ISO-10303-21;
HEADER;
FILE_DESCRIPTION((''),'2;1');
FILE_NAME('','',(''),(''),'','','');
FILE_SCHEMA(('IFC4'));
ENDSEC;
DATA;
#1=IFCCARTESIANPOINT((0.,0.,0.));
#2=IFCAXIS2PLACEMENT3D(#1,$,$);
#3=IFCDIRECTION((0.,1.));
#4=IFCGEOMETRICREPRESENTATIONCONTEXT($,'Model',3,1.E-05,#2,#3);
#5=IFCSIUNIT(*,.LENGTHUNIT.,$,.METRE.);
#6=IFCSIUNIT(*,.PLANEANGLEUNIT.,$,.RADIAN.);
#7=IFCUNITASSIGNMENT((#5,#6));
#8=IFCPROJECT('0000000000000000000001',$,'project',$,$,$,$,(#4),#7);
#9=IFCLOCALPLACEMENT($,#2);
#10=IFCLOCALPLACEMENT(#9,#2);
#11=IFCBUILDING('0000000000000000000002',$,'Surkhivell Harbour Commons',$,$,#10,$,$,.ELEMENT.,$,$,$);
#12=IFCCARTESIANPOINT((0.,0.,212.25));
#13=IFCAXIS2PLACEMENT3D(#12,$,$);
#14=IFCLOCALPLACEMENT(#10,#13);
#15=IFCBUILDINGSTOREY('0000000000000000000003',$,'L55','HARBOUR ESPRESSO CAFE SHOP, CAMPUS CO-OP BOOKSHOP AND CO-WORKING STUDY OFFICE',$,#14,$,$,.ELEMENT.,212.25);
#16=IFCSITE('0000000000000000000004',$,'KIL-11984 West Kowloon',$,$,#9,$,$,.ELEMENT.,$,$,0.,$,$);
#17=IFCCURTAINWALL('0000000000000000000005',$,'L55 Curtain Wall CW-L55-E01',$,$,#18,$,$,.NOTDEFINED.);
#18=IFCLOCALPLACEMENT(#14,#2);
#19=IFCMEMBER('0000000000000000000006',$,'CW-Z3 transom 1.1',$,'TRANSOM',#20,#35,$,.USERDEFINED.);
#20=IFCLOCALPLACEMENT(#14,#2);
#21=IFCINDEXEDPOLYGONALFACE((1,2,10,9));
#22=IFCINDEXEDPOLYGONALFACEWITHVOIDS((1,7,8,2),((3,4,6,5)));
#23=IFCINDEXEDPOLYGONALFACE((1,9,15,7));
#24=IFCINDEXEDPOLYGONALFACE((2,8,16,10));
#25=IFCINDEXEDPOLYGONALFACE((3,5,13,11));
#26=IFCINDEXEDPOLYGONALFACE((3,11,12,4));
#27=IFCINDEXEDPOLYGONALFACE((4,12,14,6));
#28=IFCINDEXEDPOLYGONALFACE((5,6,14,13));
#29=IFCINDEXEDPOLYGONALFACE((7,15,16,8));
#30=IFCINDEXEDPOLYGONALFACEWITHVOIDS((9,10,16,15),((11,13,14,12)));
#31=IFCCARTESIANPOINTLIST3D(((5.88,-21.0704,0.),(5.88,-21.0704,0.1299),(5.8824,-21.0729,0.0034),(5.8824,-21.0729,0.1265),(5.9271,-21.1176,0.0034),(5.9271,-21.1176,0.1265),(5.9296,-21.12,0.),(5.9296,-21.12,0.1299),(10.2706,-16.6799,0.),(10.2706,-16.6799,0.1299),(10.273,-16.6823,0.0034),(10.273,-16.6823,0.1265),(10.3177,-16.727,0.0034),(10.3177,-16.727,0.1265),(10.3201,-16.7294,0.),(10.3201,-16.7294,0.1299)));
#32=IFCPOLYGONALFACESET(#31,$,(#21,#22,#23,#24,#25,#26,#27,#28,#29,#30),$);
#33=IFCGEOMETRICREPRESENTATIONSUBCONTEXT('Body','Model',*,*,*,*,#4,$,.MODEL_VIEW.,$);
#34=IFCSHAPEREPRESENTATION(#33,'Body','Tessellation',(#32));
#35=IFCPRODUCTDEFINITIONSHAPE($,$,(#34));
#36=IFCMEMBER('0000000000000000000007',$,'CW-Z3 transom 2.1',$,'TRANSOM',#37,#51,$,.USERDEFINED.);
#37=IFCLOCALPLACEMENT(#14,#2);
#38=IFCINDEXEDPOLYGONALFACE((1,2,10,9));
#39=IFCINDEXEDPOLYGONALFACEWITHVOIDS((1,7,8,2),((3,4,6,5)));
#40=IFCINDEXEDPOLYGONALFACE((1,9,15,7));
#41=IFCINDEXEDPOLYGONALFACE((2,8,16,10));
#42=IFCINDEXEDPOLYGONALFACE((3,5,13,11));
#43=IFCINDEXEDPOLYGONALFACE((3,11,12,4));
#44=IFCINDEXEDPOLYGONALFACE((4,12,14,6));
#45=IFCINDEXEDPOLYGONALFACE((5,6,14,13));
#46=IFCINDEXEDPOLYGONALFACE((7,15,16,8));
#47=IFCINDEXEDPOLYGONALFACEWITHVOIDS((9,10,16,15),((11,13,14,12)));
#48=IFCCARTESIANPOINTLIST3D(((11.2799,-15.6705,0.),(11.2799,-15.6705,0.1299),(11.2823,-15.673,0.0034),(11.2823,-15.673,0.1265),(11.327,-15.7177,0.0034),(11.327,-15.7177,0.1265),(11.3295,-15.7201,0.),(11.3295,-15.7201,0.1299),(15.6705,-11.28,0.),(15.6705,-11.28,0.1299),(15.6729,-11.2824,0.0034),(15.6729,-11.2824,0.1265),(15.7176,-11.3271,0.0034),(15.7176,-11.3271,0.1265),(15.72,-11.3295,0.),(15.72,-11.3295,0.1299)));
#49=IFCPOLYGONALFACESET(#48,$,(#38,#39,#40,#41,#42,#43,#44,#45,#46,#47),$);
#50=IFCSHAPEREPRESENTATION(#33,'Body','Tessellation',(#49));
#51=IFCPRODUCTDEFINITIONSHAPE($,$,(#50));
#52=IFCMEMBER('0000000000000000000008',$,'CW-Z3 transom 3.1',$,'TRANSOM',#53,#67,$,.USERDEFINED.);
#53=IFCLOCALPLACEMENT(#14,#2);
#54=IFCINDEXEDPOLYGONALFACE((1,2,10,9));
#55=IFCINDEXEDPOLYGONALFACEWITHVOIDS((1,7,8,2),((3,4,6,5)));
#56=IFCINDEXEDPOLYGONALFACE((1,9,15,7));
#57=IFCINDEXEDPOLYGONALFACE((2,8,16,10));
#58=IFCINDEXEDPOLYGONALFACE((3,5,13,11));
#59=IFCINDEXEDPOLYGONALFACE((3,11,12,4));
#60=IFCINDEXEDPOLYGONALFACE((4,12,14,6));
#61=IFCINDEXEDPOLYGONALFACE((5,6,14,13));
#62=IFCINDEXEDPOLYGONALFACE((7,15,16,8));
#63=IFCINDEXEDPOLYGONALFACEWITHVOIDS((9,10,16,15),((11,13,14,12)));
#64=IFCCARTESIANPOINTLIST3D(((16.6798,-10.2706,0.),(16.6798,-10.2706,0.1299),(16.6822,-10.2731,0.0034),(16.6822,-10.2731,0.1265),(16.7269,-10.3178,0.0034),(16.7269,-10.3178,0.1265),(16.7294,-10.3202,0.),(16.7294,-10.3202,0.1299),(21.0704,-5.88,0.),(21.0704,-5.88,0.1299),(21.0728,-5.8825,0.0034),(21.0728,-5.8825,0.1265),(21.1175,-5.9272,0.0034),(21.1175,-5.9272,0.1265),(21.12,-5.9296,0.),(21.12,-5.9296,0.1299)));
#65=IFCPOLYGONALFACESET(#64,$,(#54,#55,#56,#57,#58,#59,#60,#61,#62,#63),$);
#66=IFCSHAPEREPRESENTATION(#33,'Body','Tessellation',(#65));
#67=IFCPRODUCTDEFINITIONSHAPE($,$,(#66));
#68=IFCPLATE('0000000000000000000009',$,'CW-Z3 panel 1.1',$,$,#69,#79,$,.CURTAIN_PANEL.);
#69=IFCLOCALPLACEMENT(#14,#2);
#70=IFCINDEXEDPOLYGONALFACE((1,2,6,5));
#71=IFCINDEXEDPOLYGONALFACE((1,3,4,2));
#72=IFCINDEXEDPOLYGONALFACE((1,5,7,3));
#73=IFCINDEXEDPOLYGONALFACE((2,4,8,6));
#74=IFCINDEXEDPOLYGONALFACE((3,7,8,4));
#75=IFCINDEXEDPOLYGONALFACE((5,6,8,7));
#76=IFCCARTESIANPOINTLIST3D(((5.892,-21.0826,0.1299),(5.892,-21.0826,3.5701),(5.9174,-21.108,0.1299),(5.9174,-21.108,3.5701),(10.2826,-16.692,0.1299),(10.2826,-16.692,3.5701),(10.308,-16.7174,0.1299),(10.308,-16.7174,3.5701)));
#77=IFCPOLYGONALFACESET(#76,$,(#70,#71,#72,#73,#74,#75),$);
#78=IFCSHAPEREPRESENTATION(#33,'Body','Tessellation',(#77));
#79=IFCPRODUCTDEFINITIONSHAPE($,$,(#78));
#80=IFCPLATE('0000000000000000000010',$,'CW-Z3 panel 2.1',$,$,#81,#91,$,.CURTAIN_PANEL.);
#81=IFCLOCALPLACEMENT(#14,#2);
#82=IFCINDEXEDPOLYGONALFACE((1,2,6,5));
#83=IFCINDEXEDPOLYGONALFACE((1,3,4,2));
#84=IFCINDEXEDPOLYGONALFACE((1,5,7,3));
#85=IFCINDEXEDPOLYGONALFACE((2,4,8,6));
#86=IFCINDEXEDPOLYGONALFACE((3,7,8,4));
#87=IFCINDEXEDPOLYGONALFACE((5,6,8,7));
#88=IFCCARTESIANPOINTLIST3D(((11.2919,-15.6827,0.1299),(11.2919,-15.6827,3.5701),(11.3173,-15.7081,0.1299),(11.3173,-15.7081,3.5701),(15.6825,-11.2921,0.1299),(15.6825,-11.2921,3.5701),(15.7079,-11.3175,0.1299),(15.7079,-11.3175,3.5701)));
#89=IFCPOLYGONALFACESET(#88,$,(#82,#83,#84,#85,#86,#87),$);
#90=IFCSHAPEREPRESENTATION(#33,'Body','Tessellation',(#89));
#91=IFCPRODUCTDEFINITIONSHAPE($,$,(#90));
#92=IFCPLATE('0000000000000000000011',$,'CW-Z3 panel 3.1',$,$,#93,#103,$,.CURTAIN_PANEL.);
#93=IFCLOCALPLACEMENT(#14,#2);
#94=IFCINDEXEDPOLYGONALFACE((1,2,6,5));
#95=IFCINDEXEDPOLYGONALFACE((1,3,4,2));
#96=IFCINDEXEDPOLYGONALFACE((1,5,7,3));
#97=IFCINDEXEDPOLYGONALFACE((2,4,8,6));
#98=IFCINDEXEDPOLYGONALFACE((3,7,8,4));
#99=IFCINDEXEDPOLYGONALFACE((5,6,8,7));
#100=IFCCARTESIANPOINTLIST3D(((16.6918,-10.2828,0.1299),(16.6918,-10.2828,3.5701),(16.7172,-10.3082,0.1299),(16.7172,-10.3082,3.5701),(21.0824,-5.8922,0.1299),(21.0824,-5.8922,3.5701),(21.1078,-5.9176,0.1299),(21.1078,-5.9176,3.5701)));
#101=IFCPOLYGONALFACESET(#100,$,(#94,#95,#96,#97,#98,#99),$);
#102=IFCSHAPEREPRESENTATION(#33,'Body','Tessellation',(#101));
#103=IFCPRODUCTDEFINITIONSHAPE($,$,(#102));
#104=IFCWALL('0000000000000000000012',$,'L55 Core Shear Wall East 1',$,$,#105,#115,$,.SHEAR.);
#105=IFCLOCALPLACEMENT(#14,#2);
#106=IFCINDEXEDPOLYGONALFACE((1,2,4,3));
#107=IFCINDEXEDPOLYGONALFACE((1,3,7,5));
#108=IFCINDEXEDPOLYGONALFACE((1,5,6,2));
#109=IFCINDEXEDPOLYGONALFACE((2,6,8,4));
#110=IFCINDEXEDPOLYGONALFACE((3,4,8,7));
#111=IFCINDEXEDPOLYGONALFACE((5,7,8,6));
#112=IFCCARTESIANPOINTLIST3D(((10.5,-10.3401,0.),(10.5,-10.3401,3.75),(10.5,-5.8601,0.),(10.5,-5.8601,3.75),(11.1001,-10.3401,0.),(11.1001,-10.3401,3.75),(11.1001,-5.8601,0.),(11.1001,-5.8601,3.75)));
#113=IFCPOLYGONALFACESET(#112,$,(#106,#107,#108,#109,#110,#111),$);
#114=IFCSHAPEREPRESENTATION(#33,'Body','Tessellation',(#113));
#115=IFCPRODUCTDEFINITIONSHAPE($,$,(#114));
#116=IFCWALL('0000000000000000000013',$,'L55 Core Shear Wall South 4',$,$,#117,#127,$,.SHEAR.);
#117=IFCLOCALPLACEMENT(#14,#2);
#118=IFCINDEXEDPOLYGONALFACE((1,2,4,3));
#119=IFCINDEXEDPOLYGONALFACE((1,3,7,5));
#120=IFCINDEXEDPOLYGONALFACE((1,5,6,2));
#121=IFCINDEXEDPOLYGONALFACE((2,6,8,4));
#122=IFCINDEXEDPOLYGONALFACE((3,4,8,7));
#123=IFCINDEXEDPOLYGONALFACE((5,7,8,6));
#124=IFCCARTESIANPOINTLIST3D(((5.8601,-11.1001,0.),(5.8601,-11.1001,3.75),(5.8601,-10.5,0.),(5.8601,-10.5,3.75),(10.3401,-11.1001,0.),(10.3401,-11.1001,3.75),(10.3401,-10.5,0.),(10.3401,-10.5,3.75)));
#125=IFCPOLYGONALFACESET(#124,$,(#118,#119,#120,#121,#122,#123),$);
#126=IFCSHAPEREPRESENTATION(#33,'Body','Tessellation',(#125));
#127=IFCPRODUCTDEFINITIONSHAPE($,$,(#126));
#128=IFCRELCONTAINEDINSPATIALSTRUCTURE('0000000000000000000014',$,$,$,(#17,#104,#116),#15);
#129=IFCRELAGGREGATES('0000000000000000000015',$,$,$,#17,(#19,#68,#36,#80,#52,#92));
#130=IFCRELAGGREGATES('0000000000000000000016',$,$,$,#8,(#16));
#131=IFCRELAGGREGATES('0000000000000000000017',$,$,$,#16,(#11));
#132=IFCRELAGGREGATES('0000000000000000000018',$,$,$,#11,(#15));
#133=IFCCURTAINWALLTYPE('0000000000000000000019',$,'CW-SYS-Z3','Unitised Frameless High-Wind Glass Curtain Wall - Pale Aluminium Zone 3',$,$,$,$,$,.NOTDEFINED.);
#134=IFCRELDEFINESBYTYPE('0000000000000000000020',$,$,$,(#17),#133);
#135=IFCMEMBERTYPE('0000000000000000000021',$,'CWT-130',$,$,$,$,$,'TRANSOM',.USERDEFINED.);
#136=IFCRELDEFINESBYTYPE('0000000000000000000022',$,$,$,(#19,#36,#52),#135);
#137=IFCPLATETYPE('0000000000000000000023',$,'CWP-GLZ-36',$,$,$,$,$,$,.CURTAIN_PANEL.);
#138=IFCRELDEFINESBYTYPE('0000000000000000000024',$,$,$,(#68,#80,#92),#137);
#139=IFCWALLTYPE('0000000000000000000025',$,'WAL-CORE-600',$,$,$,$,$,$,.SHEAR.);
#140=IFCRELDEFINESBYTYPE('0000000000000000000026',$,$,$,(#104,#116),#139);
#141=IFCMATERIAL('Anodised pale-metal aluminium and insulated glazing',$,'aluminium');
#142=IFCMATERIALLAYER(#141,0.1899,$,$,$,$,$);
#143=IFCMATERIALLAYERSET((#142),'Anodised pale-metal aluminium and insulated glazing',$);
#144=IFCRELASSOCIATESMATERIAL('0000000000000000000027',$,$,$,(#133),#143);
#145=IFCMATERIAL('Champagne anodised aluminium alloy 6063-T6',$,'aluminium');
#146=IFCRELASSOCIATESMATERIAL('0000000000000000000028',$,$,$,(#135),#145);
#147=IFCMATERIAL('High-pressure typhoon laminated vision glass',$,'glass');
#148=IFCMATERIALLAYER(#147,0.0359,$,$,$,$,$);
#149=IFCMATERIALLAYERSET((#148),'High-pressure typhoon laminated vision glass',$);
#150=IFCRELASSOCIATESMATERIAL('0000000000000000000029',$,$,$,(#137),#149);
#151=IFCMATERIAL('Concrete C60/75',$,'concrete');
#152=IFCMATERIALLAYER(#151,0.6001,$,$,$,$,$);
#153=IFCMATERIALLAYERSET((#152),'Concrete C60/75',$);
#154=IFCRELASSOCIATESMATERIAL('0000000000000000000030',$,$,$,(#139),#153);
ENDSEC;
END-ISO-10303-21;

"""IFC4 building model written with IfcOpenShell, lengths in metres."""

from ifc_helpers import new_model, si_unit, direction, frame, frame_2d, origin, origin_2d, place, context, subcontext, project, spatial, rectangle, hollow_rectangle, extrude, material, layer, layer_set, material_profile, profile_set, type_object, element, aggregate, save


model = new_model("IFC4")

# Units and contexts
model_context = context("Model", 3, precision=1e-05, world=origin(), true_north=direction((0.0, 1.0)))
body_context = subcontext(model_context, "Body", "Model", "MODEL_VIEW")
ifc_project = project(units=[si_unit("LENGTHUNIT", "METRE"), si_unit("PLANEANGLEUNIT", "RADIAN")], contexts=[model_context])

# Site, building, storey
site_placement = place(None, origin())
site = spatial("IfcSite", under=ifc_project, at=site_placement, Name="KIL-11984 West Kowloon", CompositionType="ELEMENT", RefElevation=0.0)
building_placement = place(site_placement, origin())
building = spatial("IfcBuilding", under=site, at=building_placement, Name="Surkhivell Harbour Commons", CompositionType="ELEMENT")
storey_placement = place(building_placement, frame((0.0, 0.0, 212.25)))
storey = spatial("IfcBuildingStorey", under=building, at=storey_placement, Name="L55", Description="HARBOUR ESPRESSO CAFE SHOP, CAMPUS CO-OP BOOKSHOP AND CO-WORKING STUDY OFFICE", CompositionType="ELEMENT", Elevation=212.25)

# Shared definitions
ifc_material_1 = material(Name="Concrete C60/75", Category="concrete")

# Curtain wall, members, plates
ifc_material_2 = material(Name="Anodised pale-metal aluminium and insulated glazing", Category="aluminium")
ifc_layer_1 = layer(ifc_material_2, 0.1899)
ifc_layer_set_1 = layer_set([ifc_layer_1], Name="Anodised pale-metal aluminium and insulated glazing")
curtain_wall_type = type_object("IfcCurtainWallType", Name="CW-SYS-Z3", Description="Unitised Frameless High-Wind Glass Curtain Wall - Pale Aluminium Zone 3", PredefinedType="NOTDEFINED", material=ifc_layer_set_1)
curtain_wall_placement = place(storey_placement, origin())
curtain_wall = element("IfcCurtainWall", 1, at=curtain_wall_placement, inside=storey, type_object=curtain_wall_type, Name="L55 Curtain Wall CW-L55-E01", PredefinedType="NOTDEFINED")
ifc_material_3 = material(Name="Champagne anodised aluminium alloy 6063-T6", Category="aluminium")
ifc_material_profile_1 = material_profile(ifc_material_3, hollow_rectangle(XDim=0.0701, YDim=0.1299, WallThickness=0.0034, at=origin_2d()), Name="ALU-TRAN-70x130")
ifc_profile_set_1 = profile_set([ifc_material_profile_1], Name="Champagne anodised aluminium alloy 6063-T6")
member_type_1 = type_object("IfcMemberType", Name="CWT-130", ElementType="TRANSOM", PredefinedType="USERDEFINED", material=ifc_profile_set_1)
member_1_placement = place(storey_placement, frame((5.9048, -21.0952, 0.0649), z_axis=(0.707107, 0.707107, 0.0), x_axis=(-0.707107, 0.707107, 0.0)))
member_1 = element("IfcMember", 2, at=member_1_placement, type_object=member_type_1, Name="CW-Z3 transom 1.1", ObjectType="TRANSOM", PredefinedType="USERDEFINED", context=body_context, shape_type="SweptSolid", body=[
    extrude(hollow_rectangle(XDim=0.0701, YDim=0.1299, WallThickness=0.0034, at=origin_2d()), origin(), (0.0, 0.0, 1.0), 6.2092),
])
member_2_placement = place(storey_placement, frame((11.3047, -15.6953, 0.0649), z_axis=(0.707107, 0.707107, 0.0), x_axis=(-0.707107, 0.707107, 0.0)))
member_2 = element("IfcMember", 3, at=member_2_placement, type_object=member_type_1, Name="CW-Z3 transom 2.1", ObjectType="TRANSOM", PredefinedType="USERDEFINED", context=body_context, shape_type="SweptSolid", body=[
    extrude(hollow_rectangle(XDim=0.0701, YDim=0.1299, WallThickness=0.0034, at=origin_2d()), origin(), (0.0, 0.0, 1.0), 6.2092),
])
member_3_placement = place(storey_placement, frame((16.7046, -10.2954, 0.0649), z_axis=(0.707107, 0.707107, 0.0), x_axis=(-0.707107, 0.707107, 0.0)))
member_3 = element("IfcMember", 4, at=member_3_placement, type_object=member_type_1, Name="CW-Z3 transom 3.1", ObjectType="TRANSOM", PredefinedType="USERDEFINED", context=body_context, shape_type="SweptSolid", body=[
    extrude(hollow_rectangle(XDim=0.0701, YDim=0.1299, WallThickness=0.0034, at=origin_2d()), origin(), (0.0, 0.0, 1.0), 6.2092),
])
ifc_material_4 = material(Name="High-pressure typhoon laminated vision glass", Category="glass")
ifc_layer_2 = layer(ifc_material_4, 0.0359)
ifc_layer_set_2 = layer_set([ifc_layer_2], Name="High-pressure typhoon laminated vision glass")
plate_type = type_object("IfcPlateType", Name="CWP-GLZ-36", PredefinedType="CURTAIN_PANEL", material=ifc_layer_set_2)
plate_1_placement = place(storey_placement, frame((5.9048, -21.0952, 0.1299), z_axis=(0.0, 0.0, 1.0), x_axis=(0.707107, 0.707107, 0.0)))
plate_1 = element("IfcPlate", 5, at=plate_1_placement, type_object=plate_type, Name="CW-Z3 panel 1.1", PredefinedType="CURTAIN_PANEL", context=body_context, shape_type="SweptSolid", body=[
    extrude(rectangle(XDim=6.2092, YDim=0.0359, at=frame_2d((3.1045, 0.0))), origin(), (0.0, 0.0, 1.0), 3.4402),
])
plate_2_placement = place(storey_placement, frame((11.3047, -15.6953, 0.1299), z_axis=(0.0, 0.0, 1.0), x_axis=(0.707107, 0.707107, 0.0)))
plate_2 = element("IfcPlate", 6, at=plate_2_placement, type_object=plate_type, Name="CW-Z3 panel 2.1", PredefinedType="CURTAIN_PANEL", context=body_context, shape_type="SweptSolid", body=[
    extrude(rectangle(XDim=6.2092, YDim=0.0359, at=frame_2d((3.1045, 0.0))), origin(), (0.0, 0.0, 1.0), 3.4402),
])
plate_3_placement = place(storey_placement, frame((16.7046, -10.2954, 0.1299), z_axis=(0.0, 0.0, 1.0), x_axis=(0.707107, 0.707107, 0.0)))
plate_3 = element("IfcPlate", 7, at=plate_3_placement, type_object=plate_type, Name="CW-Z3 panel 3.1", PredefinedType="CURTAIN_PANEL", context=body_context, shape_type="SweptSolid", body=[
    extrude(rectangle(XDim=6.2092, YDim=0.0359, at=frame_2d((3.1045, 0.0))), origin(), (0.0, 0.0, 1.0), 3.4402),
])
aggregate(curtain_wall, [member_1, plate_1, member_2, plate_2, member_3, plate_3])

# Walls
ifc_layer_3 = layer(ifc_material_1, 0.6001)
ifc_layer_set_3 = layer_set([ifc_layer_3], Name="Concrete C60/75")
wall_type_1 = type_object("IfcWallType", Name="WAL-CORE-600", PredefinedType="SHEAR", material=ifc_layer_set_3)
for number, where, z_axis, x_axis, name in (
    (8, (10.8, -10.3401, 0.0), (0.0, 0.0, 1.0), (0.0, 1.0, 0.0), "L55 Core Shear Wall East 1"),
    (9, (5.8601, -10.8, 0.0), (0.0, 0.0, 1.0), (1.0, 0.0, 0.0), "L55 Core Shear Wall South 4"),
):
    element("IfcWall", number, at=place(storey_placement, frame(where, z_axis=z_axis, x_axis=x_axis)), inside=storey, type_object=wall_type_1, Name=name, PredefinedType="SHEAR", context=body_context, shape_type="SweptSolid", body=[
        extrude(rectangle(XDim=4.48, YDim=0.6001, at=frame_2d((2.24, 0.0))), origin(), (0.0, 0.0, 1.0), 3.75),
    ])

save(model, "model.ifc")
